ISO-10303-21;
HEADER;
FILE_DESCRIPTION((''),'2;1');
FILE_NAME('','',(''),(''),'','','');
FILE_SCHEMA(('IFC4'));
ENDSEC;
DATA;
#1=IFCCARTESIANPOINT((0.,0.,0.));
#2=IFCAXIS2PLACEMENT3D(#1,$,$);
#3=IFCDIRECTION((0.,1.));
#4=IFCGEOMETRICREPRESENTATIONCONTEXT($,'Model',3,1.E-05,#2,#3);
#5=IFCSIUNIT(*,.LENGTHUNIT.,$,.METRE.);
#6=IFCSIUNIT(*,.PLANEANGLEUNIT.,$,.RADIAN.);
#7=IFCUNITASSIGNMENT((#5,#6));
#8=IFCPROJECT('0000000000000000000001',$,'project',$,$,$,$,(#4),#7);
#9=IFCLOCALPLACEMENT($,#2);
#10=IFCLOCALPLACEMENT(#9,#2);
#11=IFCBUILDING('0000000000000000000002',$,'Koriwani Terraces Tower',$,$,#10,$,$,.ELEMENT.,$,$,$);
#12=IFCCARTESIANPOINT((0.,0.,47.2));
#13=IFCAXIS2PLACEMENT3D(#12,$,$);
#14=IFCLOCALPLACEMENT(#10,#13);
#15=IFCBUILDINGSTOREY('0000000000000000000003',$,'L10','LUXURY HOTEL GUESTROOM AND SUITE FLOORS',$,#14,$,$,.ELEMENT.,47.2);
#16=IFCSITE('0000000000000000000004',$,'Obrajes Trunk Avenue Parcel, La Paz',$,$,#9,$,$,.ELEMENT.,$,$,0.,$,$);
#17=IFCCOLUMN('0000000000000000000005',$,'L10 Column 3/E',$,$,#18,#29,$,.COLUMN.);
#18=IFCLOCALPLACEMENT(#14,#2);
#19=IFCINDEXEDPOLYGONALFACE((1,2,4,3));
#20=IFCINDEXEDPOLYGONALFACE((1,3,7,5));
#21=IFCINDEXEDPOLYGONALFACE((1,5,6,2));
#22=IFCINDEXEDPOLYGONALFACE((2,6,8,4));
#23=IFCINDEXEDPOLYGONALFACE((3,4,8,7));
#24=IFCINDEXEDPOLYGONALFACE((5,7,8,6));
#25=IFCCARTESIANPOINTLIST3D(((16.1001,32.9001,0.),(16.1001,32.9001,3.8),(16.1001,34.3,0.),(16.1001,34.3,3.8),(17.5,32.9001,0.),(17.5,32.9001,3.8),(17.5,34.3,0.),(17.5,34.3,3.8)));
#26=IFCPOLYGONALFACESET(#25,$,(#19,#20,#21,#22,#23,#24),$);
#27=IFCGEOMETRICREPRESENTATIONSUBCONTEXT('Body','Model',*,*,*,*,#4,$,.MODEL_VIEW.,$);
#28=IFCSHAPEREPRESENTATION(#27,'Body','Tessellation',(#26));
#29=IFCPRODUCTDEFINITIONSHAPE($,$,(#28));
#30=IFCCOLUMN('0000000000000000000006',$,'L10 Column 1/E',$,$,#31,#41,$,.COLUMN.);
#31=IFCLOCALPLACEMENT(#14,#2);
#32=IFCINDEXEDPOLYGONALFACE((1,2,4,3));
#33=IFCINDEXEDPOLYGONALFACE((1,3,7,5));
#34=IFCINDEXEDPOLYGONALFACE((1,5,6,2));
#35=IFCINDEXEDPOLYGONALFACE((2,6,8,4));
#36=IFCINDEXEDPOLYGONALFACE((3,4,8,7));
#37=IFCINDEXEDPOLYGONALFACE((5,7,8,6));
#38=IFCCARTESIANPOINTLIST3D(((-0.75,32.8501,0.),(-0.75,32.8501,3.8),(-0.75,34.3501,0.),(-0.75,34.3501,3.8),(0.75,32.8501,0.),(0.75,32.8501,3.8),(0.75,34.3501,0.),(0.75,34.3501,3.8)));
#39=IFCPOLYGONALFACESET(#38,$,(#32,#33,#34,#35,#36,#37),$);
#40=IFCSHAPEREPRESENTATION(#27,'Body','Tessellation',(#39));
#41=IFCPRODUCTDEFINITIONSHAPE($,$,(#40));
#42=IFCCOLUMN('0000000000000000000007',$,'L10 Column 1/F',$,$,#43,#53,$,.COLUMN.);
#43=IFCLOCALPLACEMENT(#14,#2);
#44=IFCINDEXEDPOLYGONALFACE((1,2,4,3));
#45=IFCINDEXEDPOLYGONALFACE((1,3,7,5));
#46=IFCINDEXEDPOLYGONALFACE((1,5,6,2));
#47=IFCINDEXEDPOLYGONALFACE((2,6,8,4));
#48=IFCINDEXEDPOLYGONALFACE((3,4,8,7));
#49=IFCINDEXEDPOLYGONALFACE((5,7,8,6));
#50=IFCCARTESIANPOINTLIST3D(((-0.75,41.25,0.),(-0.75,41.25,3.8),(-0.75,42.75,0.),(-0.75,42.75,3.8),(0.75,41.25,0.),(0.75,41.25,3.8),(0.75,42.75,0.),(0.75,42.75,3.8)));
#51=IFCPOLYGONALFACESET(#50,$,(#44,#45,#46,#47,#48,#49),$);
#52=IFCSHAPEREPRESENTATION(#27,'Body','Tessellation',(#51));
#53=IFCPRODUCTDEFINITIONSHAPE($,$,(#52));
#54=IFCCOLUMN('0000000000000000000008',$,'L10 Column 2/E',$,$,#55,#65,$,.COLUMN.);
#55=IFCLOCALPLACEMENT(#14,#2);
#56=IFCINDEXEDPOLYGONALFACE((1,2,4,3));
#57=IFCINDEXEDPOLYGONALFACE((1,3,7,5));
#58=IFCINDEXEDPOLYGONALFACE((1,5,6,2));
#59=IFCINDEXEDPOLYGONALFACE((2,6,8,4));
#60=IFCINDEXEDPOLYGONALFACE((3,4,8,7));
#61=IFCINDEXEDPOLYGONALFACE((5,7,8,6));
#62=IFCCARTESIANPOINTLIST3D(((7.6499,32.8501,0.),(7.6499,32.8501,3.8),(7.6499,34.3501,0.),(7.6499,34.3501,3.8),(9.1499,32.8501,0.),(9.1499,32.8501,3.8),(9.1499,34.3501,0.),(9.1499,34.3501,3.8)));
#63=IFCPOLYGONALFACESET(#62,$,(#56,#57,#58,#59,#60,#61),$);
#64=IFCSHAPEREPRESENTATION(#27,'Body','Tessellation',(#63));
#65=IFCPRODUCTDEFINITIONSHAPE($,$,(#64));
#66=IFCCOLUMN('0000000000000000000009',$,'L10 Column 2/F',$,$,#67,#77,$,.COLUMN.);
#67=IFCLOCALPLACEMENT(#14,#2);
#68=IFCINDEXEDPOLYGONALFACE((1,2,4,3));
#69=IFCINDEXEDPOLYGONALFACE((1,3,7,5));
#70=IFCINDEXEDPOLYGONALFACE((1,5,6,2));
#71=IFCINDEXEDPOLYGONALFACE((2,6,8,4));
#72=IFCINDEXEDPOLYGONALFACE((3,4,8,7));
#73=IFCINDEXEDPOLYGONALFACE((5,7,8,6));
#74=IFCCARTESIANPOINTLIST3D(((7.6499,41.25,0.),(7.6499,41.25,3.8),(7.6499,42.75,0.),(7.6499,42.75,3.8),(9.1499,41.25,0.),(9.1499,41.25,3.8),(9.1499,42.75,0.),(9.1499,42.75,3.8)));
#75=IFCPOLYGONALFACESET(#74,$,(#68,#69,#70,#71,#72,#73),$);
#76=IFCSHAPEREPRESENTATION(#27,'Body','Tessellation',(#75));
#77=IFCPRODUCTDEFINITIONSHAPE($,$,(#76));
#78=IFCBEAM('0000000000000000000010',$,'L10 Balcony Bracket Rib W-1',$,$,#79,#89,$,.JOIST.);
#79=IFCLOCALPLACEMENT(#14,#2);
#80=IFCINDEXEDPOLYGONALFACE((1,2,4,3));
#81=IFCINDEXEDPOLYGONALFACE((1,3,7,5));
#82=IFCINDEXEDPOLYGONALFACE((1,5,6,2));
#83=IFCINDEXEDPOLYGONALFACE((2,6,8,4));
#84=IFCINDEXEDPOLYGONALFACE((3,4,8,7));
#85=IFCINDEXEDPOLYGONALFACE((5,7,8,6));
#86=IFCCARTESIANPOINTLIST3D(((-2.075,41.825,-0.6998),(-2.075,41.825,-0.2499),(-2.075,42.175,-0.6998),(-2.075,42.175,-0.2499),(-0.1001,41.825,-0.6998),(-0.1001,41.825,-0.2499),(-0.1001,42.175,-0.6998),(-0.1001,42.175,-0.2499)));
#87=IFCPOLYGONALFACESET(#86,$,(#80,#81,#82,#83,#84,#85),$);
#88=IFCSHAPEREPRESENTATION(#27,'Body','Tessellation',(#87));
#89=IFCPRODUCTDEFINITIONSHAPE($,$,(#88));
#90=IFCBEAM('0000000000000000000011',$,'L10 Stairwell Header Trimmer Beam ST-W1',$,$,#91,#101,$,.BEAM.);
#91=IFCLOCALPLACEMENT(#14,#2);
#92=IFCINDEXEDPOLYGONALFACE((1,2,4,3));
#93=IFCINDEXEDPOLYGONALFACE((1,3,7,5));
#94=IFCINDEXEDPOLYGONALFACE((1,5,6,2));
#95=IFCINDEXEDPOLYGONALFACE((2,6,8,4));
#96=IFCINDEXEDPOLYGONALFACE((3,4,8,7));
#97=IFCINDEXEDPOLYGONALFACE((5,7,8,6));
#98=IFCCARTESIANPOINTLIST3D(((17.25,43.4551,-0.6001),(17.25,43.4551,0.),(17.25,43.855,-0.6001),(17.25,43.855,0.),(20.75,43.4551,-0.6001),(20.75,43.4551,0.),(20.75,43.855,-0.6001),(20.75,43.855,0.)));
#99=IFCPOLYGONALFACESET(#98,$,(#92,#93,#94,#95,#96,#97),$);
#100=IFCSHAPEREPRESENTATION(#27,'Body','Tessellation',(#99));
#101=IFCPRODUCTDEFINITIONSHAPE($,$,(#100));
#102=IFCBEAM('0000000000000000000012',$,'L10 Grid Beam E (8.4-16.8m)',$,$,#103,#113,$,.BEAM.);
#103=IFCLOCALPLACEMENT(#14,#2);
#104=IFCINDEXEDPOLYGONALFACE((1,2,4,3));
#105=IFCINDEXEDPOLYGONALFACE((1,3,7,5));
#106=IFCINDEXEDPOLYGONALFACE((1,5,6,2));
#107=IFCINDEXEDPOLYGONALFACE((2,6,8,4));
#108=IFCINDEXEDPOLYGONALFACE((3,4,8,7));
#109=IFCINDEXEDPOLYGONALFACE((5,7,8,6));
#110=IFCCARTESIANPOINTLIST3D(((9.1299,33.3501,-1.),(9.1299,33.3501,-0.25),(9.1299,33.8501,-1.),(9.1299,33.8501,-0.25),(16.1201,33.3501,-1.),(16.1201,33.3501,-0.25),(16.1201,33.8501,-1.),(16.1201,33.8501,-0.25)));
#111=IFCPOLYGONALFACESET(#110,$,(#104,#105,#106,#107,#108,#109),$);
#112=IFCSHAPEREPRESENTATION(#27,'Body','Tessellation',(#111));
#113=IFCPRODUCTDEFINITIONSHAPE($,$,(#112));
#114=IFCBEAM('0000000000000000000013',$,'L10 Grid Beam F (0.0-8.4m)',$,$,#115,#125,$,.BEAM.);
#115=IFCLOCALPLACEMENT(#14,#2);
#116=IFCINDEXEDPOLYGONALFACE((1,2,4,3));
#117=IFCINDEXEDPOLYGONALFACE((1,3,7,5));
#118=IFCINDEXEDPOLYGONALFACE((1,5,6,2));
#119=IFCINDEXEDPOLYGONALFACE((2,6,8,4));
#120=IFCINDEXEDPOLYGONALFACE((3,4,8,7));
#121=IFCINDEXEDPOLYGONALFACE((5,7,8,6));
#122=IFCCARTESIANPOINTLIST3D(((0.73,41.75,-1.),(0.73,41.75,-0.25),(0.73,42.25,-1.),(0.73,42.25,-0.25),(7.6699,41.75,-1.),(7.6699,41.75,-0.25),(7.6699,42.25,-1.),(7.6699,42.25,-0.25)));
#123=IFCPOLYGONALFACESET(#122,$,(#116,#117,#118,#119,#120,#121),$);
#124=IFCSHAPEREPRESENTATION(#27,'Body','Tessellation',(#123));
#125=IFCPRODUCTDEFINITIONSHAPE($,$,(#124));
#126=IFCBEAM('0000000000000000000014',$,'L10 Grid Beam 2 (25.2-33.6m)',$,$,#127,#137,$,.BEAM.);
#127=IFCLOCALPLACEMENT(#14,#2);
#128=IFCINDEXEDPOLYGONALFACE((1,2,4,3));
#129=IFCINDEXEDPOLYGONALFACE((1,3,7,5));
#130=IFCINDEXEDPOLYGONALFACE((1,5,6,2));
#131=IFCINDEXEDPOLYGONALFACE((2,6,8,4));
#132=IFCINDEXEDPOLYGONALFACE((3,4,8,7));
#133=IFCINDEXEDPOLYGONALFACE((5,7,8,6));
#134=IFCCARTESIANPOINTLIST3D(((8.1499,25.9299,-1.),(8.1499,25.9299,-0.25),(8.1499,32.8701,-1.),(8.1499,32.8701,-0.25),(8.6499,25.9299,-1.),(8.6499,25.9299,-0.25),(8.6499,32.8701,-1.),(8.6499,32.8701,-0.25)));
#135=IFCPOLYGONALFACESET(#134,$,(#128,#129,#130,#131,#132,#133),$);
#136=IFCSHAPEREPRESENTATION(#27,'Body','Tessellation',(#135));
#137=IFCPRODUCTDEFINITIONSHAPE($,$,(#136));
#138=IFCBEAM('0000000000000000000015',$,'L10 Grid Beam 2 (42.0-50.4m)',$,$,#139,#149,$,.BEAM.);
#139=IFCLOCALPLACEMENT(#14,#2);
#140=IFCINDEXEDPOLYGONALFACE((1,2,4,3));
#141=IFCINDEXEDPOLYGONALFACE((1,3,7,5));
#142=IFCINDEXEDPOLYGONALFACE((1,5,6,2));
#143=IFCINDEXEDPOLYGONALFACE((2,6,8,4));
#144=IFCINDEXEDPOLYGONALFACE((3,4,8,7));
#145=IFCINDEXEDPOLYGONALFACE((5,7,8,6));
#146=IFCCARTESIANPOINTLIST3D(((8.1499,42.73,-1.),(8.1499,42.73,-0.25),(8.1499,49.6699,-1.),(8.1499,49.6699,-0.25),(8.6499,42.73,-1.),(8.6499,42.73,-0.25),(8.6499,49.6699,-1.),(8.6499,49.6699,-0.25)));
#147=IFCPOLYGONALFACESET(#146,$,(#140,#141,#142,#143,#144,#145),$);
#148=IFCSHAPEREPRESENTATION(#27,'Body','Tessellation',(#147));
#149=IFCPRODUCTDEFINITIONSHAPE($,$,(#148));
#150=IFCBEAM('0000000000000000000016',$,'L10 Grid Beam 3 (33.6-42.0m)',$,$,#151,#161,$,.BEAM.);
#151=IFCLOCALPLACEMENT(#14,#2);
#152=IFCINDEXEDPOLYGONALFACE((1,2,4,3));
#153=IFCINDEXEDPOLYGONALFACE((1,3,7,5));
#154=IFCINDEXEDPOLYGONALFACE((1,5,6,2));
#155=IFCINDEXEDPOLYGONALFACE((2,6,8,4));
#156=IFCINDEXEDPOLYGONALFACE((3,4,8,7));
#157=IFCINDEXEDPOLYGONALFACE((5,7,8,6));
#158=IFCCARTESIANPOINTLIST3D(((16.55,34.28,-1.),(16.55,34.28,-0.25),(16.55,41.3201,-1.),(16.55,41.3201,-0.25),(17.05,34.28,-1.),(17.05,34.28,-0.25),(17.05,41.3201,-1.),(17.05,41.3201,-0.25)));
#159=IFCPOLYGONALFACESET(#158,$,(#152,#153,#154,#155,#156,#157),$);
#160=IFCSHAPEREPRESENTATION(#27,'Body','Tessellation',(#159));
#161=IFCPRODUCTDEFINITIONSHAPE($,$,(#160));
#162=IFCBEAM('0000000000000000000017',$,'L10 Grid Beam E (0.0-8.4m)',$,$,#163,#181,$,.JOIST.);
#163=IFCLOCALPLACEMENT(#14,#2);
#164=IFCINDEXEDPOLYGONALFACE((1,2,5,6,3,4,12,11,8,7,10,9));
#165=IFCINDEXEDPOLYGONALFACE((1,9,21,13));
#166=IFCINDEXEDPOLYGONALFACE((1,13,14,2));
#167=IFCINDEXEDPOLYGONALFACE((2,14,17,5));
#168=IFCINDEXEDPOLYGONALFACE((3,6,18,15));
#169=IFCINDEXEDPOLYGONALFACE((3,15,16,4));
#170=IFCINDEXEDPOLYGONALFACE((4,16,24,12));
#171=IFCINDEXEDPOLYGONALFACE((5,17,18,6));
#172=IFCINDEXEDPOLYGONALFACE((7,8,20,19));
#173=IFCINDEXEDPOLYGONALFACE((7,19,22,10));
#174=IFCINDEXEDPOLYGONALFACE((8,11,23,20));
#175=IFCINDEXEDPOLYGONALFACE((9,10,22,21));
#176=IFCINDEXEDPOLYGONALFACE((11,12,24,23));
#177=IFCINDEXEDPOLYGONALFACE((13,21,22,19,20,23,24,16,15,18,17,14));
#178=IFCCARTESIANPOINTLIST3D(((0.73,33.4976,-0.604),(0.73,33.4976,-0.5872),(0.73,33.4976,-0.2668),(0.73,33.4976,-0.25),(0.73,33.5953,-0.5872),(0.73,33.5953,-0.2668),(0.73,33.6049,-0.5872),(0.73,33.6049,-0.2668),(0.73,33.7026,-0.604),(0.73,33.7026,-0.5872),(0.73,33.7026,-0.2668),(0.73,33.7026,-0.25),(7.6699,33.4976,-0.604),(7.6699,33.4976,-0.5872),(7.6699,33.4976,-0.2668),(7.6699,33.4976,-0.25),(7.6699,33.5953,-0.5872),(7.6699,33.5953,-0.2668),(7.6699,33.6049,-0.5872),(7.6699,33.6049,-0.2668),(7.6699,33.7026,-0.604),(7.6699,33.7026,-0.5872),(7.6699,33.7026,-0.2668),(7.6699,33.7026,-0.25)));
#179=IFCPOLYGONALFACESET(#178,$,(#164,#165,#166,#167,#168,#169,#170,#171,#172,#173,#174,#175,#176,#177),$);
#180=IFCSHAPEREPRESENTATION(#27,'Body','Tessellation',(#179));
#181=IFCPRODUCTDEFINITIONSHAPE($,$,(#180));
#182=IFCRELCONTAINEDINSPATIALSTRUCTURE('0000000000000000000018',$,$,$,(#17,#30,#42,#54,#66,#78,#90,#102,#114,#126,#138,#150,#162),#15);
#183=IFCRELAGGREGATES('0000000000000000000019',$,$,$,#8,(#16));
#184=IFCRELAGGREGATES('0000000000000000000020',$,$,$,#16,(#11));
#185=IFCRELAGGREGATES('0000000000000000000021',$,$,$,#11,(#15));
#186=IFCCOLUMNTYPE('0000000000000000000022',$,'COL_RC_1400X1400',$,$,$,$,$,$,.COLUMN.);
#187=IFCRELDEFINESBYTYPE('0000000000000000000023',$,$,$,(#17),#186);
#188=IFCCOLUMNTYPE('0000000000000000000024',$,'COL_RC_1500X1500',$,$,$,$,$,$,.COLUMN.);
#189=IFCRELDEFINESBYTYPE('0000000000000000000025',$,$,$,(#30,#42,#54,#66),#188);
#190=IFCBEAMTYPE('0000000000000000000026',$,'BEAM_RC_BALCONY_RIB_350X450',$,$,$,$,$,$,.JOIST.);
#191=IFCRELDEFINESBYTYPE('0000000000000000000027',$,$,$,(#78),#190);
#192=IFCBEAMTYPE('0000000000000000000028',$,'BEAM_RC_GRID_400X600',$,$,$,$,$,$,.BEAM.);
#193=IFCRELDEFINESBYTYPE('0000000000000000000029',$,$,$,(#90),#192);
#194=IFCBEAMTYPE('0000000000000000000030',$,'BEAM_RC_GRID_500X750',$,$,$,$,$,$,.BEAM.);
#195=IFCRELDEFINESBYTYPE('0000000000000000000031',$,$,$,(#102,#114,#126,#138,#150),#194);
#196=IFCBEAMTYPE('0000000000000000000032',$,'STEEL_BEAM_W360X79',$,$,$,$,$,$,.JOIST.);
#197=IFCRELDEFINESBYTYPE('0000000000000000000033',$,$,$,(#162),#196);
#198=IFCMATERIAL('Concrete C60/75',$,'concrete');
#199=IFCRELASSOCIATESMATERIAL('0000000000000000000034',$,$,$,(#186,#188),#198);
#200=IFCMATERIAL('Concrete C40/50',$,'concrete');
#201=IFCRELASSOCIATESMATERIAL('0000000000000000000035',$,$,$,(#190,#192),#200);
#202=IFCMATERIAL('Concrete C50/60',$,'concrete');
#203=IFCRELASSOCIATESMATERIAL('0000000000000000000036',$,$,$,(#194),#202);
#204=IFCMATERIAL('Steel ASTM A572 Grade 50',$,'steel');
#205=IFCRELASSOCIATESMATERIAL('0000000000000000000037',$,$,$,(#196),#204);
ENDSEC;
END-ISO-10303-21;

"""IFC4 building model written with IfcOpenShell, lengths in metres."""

from ifc_helpers import new_model, si_unit, direction, frame, origin, origin_2d, place, context, subcontext, project, spatial, rectangle, i_section, extrude, material, material_profile, profile_set, type_object, element, save


model = new_model("IFC4")

# Units and contexts
model_context = context("Model", 3, precision=1e-05, world=origin(), true_north=direction((0.0, 1.0)))
body_context = subcontext(model_context, "Body", "Model", "MODEL_VIEW")
ifc_project = project(units=[si_unit("LENGTHUNIT", "METRE"), si_unit("PLANEANGLEUNIT", "RADIAN")], contexts=[model_context])

# Site, building, storey
site_placement = place(None, origin())
site = spatial("IfcSite", under=ifc_project, at=site_placement, Name="Obrajes Trunk Avenue Parcel, La Paz", CompositionType="ELEMENT", RefElevation=0.0)
building_placement = place(site_placement, origin())
building = spatial("IfcBuilding", under=site, at=building_placement, Name="Koriwani Terraces Tower", CompositionType="ELEMENT")
storey_placement = place(building_placement, frame((0.0, 0.0, 47.2)))
storey = spatial("IfcBuildingStorey", under=building, at=storey_placement, Name="L10", Description="LUXURY HOTEL GUESTROOM AND SUITE FLOORS", CompositionType="ELEMENT", Elevation=47.2)

# Columns
ifc_material_1 = material(Name="Concrete C60/75", Category="concrete")
ifc_material_profile_1 = material_profile(ifc_material_1, rectangle(XDim=1.3999, YDim=1.3999, at=origin_2d()), Name="Concrete C60/75", Category="LoadBearing")
ifc_profile_set_1 = profile_set([ifc_material_profile_1], Name="Concrete C60/75")
column_type_1 = type_object("IfcColumnType", Name="COL_RC_1400X1400", PredefinedType="COLUMN", material=ifc_profile_set_1)
column_placement = place(storey_placement, frame((16.8, 33.6001, 0.0), z_axis=(0.0, 0.0, 1.0), x_axis=(1.0, 0.0, 0.0)))
element("IfcColumn", 1, at=column_placement, inside=storey, type_object=column_type_1, Name="L10 Column 3/E", PredefinedType="COLUMN", context=body_context, shape_type="SweptSolid", body=[
    extrude(rectangle(XDim=1.3999, YDim=1.3999, at=origin_2d()), origin(), (0.0, 0.0, 1.0), 3.8),
])
ifc_material_profile_2 = material_profile(ifc_material_1, rectangle(XDim=1.5, YDim=1.5, at=origin_2d()), Name="Concrete C60/75", Category="LoadBearing")
ifc_profile_set_2 = profile_set([ifc_material_profile_2], Name="Concrete C60/75")
column_type_2 = type_object("IfcColumnType", Name="COL_RC_1500X1500", PredefinedType="COLUMN", material=ifc_profile_set_2)
for number, where, z_axis, x_axis, name in (
    (2, (0.0, 33.6001, 0.0), (0.0, 0.0, 1.0), (1.0, 0.0, 0.0), "L10 Column 1/E"),
    (3, (0.0, 42.0, 0.0), (0.0, 0.0, 1.0), (1.0, 0.0, 0.0), "L10 Column 1/F"),
    (4, (8.3999, 33.6001, 0.0), (0.0, 0.0, 1.0), (1.0, 0.0, 0.0), "L10 Column 2/E"),
    (5, (8.3999, 42.0, 0.0), (0.0, 0.0, 1.0), (1.0, 0.0, 0.0), "L10 Column 2/F"),
):
    element("IfcColumn", number, at=place(storey_placement, frame(where, z_axis=z_axis, x_axis=x_axis)), inside=storey, type_object=column_type_2, Name=name, PredefinedType="COLUMN", context=body_context, shape_type="SweptSolid", body=[
        extrude(rectangle(XDim=1.5, YDim=1.5, at=origin_2d()), origin(), (0.0, 0.0, 1.0), 3.8),
    ])

# Beams
ifc_material_2 = material(Name="Concrete C40/50", Category="concrete")
ifc_material_profile_3 = material_profile(ifc_material_2, rectangle(XDim=0.3501, YDim=0.45, at=origin_2d()), Name="Concrete C40/50", Category="LoadBearing")
ifc_profile_set_3 = profile_set([ifc_material_profile_3], Name="Concrete C40/50")
beam_type_1 = type_object("IfcBeamType", Name="BEAM_RC_BALCONY_RIB_350X450", PredefinedType="JOIST", material=ifc_profile_set_3)
beam_1_placement = place(storey_placement, frame((-2.075, 42.0, -0.4749), z_axis=(1.0, 0.0, 0.0), x_axis=(0.0, 1.0, 0.0)))
element("IfcBeam", 6, at=beam_1_placement, inside=storey, type_object=beam_type_1, Name="L10 Balcony Bracket Rib W-1", PredefinedType="JOIST", context=body_context, shape_type="SweptSolid", body=[
    extrude(rectangle(XDim=0.3501, YDim=0.45, at=origin_2d()), origin(), (0.0, 0.0, 1.0), 1.9749),
])
ifc_material_profile_4 = material_profile(ifc_material_2, rectangle(XDim=0.3999, YDim=0.6001, at=origin_2d()), Name="Concrete C40/50", Category="LoadBearing")
ifc_profile_set_4 = profile_set([ifc_material_profile_4], Name="Concrete C40/50")
beam_type_2 = type_object("IfcBeamType", Name="BEAM_RC_GRID_400X600", PredefinedType="BEAM", material=ifc_profile_set_4)
beam_2_placement = place(storey_placement, frame((17.25, 43.655, -0.3), z_axis=(1.0, 0.0, 0.0), x_axis=(0.0, 1.0, 0.0)))
element("IfcBeam", 7, at=beam_2_placement, inside=storey, type_object=beam_type_2, Name="L10 Stairwell Header Trimmer Beam ST-W1", PredefinedType="BEAM", context=body_context, shape_type="SweptSolid", body=[
    extrude(rectangle(XDim=0.3999, YDim=0.6001, at=origin_2d()), origin(), (0.0, 0.0, 1.0), 3.5),
])
ifc_material_3 = material(Name="Concrete C50/60", Category="concrete")
ifc_material_profile_5 = material_profile(ifc_material_3, rectangle(XDim=0.5, YDim=0.75, at=origin_2d()), Name="Concrete C50/60", Category="LoadBearing")
ifc_profile_set_5 = profile_set([ifc_material_profile_5], Name="Concrete C50/60")
beam_type_3 = type_object("IfcBeamType", Name="BEAM_RC_GRID_500X750", PredefinedType="BEAM", material=ifc_profile_set_5)
beam_3_placement = place(storey_placement, frame((9.1299, 33.6001, -0.625), z_axis=(1.0, 0.0, 0.0), x_axis=(0.0, 1.0, 0.0)))
element("IfcBeam", 8, at=beam_3_placement, inside=storey, type_object=beam_type_3, Name="L10 Grid Beam E (8.4-16.8m)", PredefinedType="BEAM", context=body_context, shape_type="SweptSolid", body=[
    extrude(rectangle(XDim=0.5, YDim=0.75, at=origin_2d()), origin(), (0.0, 0.0, 1.0), 6.9902),
])
beam_4_placement = place(storey_placement, frame((0.73, 42.0, -0.625), z_axis=(1.0, 0.0, 0.0), x_axis=(0.0, 1.0, 0.0)))
element("IfcBeam", 9, at=beam_4_placement, inside=storey, type_object=beam_type_3, Name="L10 Grid Beam F (0.0-8.4m)", PredefinedType="BEAM", context=body_context, shape_type="SweptSolid", body=[
    extrude(rectangle(XDim=0.5, YDim=0.75, at=origin_2d()), origin(), (0.0, 0.0, 1.0), 6.9399),
])
beam_5_placement = place(storey_placement, frame((8.3999, 25.9299, -0.625), z_axis=(0.0, 1.0, 0.0), x_axis=(-1.0, 0.0, 0.0)))
element("IfcBeam", 10, at=beam_5_placement, inside=storey, type_object=beam_type_3, Name="L10 Grid Beam 2 (25.2-33.6m)", PredefinedType="BEAM", context=body_context, shape_type="SweptSolid", body=[
    extrude(rectangle(XDim=0.5, YDim=0.75, at=origin_2d()), origin(), (0.0, 0.0, 1.0), 6.9402),
])
beam_6_placement = place(storey_placement, frame((8.3999, 42.73, -0.625), z_axis=(0.0, 1.0, 0.0), x_axis=(-1.0, 0.0, 0.0)))
element("IfcBeam", 11, at=beam_6_placement, inside=storey, type_object=beam_type_3, Name="L10 Grid Beam 2 (42.0-50.4m)", PredefinedType="BEAM", context=body_context, shape_type="SweptSolid", body=[
    extrude(rectangle(XDim=0.5, YDim=0.75, at=origin_2d()), origin(), (0.0, 0.0, 1.0), 6.9399),
])
beam_7_placement = place(storey_placement, frame((16.8, 34.28, -0.625), z_axis=(0.0, 1.0, 0.0), x_axis=(-1.0, 0.0, 0.0)))
element("IfcBeam", 12, at=beam_7_placement, inside=storey, type_object=beam_type_3, Name="L10 Grid Beam 3 (33.6-42.0m)", PredefinedType="BEAM", context=body_context, shape_type="SweptSolid", body=[
    extrude(rectangle(XDim=0.5, YDim=0.75, at=origin_2d()), origin(), (0.0, 0.0, 1.0), 7.04),
])
ifc_material_4 = material(Name="Steel ASTM A572 Grade 50", Category="steel")
ifc_material_profile_6 = material_profile(ifc_material_4, i_section(OverallWidth=0.2051, OverallDepth=0.354, WebThickness=0.0095, FlangeThickness=0.0168, at=origin_2d()), Name="Steel ASTM A572 Grade 50", Category="LoadBearing")
ifc_profile_set_6 = profile_set([ifc_material_profile_6], Name="Steel ASTM A572 Grade 50")
beam_type_4 = type_object("IfcBeamType", Name="STEEL_BEAM_W360X79", PredefinedType="JOIST", material=ifc_profile_set_6)
beam_8_placement = place(storey_placement, frame((0.73, 33.6001, -0.427), z_axis=(1.0, 0.0, 0.0), x_axis=(0.0, 1.0, 0.0)))
element("IfcBeam", 13, at=beam_8_placement, inside=storey, type_object=beam_type_4, Name="L10 Grid Beam E (0.0-8.4m)", PredefinedType="JOIST", context=body_context, shape_type="SweptSolid", body=[
    extrude(i_section(OverallWidth=0.2051, OverallDepth=0.354, WebThickness=0.0095, FlangeThickness=0.0168, at=origin_2d()), origin(), (0.0, 0.0, 1.0), 6.9399),
])

save(model, "model.ifc")
